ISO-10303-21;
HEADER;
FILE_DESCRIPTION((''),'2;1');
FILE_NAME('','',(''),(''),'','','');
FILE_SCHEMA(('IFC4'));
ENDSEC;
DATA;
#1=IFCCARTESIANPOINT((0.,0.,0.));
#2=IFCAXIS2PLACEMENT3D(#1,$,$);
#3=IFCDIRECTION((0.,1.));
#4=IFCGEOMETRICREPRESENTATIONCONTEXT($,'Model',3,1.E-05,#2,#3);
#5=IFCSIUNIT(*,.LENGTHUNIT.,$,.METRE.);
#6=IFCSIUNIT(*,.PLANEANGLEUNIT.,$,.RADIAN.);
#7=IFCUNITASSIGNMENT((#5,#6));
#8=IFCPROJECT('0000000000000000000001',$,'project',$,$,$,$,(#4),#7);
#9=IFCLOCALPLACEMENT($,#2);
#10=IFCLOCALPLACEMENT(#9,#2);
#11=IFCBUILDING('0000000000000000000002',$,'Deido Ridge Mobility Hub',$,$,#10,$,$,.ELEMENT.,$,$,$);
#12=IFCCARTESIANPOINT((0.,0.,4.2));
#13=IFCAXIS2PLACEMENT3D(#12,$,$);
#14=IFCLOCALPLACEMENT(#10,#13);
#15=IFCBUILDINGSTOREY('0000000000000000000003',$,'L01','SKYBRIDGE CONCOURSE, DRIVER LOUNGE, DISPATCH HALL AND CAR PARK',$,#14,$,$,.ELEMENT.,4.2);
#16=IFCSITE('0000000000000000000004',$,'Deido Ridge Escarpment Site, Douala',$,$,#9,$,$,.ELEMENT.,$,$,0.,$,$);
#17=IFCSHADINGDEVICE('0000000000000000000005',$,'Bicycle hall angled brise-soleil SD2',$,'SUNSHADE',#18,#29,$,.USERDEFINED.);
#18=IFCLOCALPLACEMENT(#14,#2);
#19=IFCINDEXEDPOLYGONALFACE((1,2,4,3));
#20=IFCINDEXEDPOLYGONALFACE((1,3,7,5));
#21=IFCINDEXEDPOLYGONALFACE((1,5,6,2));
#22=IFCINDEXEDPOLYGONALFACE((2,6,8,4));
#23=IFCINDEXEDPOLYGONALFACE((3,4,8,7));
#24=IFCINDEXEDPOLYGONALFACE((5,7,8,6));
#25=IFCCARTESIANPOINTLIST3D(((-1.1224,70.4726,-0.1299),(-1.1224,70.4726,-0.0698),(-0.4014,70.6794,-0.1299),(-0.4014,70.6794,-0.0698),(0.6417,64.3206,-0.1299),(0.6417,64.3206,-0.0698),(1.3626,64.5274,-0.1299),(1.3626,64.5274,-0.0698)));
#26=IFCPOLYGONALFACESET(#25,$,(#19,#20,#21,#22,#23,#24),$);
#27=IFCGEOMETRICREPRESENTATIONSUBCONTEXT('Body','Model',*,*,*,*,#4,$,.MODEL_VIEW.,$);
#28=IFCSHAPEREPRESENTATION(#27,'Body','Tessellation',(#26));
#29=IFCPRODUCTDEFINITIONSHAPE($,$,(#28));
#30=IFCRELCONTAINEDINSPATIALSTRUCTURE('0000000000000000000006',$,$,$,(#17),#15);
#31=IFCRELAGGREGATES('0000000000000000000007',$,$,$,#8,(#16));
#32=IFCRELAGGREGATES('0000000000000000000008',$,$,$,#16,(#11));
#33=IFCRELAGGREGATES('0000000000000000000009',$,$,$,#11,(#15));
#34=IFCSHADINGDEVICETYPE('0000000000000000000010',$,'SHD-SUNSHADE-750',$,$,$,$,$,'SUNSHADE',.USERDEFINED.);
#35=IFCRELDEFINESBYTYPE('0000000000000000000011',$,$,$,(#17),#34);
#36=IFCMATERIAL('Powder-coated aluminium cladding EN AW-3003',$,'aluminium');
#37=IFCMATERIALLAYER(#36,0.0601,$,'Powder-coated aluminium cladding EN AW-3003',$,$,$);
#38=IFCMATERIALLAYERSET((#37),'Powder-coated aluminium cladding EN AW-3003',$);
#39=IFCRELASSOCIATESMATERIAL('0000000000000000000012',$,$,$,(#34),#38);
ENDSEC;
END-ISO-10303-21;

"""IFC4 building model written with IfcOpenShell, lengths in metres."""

from ifc_helpers import new_model, si_unit, direction, frame, origin, origin_2d, place, context, subcontext, project, spatial, rectangle, extrude, material, layer, layer_set, type_object, element, save


model = new_model("IFC4")

# Units and contexts
model_context = context("Model", 3, precision=1e-05, world=origin(), true_north=direction((0.0, 1.0)))
body_context = subcontext(model_context, "Body", "Model", "MODEL_VIEW")
ifc_project = project(units=[si_unit("LENGTHUNIT", "METRE"), si_unit("PLANEANGLEUNIT", "RADIAN")], contexts=[model_context])

# Site, building, storey
site_placement = place(None, origin())
site = spatial("IfcSite", under=ifc_project, at=site_placement, Name="Deido Ridge Escarpment Site, Douala", CompositionType="ELEMENT", RefElevation=0.0)
building_placement = place(site_placement, origin())
building = spatial("IfcBuilding", under=site, at=building_placement, Name="Deido Ridge Mobility Hub", CompositionType="ELEMENT")
storey_placement = place(building_placement, frame((0.0, 0.0, 4.2)))
storey = spatial("IfcBuildingStorey", under=building, at=storey_placement, Name="L01", Description="SKYBRIDGE CONCOURSE, DRIVER LOUNGE, DISPATCH HALL AND CAR PARK", CompositionType="ELEMENT", Elevation=4.2)

# Shading device
ifc_material_1 = material(Name="Powder-coated aluminium cladding EN AW-3003", Category="aluminium")
ifc_layer_1 = layer(ifc_material_1, 0.0601, Name="Powder-coated aluminium cladding EN AW-3003")
ifc_layer_set_1 = layer_set([ifc_layer_1], Name="Powder-coated aluminium cladding EN AW-3003")
shading_device_type = type_object("IfcShadingDeviceType", Name="SHD-SUNSHADE-750", ElementType="SUNSHADE", PredefinedType="USERDEFINED", material=ifc_layer_set_1)
shading_device_placement = place(storey_placement, frame((0.1201, 67.5, -0.1299), z_axis=(0.0, 0.0, 1.0), x_axis=(-0.275637, 0.961262, 0.0)))
element("IfcShadingDevice", 1, at=shading_device_placement, inside=storey, type_object=shading_device_type, Name="Bicycle hall angled brise-soleil SD2", ObjectType="SUNSHADE", PredefinedType="USERDEFINED", context=body_context, shape_type="SweptSolid", body=[
    extrude(rectangle(XDim=6.3999, YDim=0.75, at=origin_2d()), origin(), (0.0, 0.0, 1.0), 0.0601),
])

save(model, "model.ifc")
